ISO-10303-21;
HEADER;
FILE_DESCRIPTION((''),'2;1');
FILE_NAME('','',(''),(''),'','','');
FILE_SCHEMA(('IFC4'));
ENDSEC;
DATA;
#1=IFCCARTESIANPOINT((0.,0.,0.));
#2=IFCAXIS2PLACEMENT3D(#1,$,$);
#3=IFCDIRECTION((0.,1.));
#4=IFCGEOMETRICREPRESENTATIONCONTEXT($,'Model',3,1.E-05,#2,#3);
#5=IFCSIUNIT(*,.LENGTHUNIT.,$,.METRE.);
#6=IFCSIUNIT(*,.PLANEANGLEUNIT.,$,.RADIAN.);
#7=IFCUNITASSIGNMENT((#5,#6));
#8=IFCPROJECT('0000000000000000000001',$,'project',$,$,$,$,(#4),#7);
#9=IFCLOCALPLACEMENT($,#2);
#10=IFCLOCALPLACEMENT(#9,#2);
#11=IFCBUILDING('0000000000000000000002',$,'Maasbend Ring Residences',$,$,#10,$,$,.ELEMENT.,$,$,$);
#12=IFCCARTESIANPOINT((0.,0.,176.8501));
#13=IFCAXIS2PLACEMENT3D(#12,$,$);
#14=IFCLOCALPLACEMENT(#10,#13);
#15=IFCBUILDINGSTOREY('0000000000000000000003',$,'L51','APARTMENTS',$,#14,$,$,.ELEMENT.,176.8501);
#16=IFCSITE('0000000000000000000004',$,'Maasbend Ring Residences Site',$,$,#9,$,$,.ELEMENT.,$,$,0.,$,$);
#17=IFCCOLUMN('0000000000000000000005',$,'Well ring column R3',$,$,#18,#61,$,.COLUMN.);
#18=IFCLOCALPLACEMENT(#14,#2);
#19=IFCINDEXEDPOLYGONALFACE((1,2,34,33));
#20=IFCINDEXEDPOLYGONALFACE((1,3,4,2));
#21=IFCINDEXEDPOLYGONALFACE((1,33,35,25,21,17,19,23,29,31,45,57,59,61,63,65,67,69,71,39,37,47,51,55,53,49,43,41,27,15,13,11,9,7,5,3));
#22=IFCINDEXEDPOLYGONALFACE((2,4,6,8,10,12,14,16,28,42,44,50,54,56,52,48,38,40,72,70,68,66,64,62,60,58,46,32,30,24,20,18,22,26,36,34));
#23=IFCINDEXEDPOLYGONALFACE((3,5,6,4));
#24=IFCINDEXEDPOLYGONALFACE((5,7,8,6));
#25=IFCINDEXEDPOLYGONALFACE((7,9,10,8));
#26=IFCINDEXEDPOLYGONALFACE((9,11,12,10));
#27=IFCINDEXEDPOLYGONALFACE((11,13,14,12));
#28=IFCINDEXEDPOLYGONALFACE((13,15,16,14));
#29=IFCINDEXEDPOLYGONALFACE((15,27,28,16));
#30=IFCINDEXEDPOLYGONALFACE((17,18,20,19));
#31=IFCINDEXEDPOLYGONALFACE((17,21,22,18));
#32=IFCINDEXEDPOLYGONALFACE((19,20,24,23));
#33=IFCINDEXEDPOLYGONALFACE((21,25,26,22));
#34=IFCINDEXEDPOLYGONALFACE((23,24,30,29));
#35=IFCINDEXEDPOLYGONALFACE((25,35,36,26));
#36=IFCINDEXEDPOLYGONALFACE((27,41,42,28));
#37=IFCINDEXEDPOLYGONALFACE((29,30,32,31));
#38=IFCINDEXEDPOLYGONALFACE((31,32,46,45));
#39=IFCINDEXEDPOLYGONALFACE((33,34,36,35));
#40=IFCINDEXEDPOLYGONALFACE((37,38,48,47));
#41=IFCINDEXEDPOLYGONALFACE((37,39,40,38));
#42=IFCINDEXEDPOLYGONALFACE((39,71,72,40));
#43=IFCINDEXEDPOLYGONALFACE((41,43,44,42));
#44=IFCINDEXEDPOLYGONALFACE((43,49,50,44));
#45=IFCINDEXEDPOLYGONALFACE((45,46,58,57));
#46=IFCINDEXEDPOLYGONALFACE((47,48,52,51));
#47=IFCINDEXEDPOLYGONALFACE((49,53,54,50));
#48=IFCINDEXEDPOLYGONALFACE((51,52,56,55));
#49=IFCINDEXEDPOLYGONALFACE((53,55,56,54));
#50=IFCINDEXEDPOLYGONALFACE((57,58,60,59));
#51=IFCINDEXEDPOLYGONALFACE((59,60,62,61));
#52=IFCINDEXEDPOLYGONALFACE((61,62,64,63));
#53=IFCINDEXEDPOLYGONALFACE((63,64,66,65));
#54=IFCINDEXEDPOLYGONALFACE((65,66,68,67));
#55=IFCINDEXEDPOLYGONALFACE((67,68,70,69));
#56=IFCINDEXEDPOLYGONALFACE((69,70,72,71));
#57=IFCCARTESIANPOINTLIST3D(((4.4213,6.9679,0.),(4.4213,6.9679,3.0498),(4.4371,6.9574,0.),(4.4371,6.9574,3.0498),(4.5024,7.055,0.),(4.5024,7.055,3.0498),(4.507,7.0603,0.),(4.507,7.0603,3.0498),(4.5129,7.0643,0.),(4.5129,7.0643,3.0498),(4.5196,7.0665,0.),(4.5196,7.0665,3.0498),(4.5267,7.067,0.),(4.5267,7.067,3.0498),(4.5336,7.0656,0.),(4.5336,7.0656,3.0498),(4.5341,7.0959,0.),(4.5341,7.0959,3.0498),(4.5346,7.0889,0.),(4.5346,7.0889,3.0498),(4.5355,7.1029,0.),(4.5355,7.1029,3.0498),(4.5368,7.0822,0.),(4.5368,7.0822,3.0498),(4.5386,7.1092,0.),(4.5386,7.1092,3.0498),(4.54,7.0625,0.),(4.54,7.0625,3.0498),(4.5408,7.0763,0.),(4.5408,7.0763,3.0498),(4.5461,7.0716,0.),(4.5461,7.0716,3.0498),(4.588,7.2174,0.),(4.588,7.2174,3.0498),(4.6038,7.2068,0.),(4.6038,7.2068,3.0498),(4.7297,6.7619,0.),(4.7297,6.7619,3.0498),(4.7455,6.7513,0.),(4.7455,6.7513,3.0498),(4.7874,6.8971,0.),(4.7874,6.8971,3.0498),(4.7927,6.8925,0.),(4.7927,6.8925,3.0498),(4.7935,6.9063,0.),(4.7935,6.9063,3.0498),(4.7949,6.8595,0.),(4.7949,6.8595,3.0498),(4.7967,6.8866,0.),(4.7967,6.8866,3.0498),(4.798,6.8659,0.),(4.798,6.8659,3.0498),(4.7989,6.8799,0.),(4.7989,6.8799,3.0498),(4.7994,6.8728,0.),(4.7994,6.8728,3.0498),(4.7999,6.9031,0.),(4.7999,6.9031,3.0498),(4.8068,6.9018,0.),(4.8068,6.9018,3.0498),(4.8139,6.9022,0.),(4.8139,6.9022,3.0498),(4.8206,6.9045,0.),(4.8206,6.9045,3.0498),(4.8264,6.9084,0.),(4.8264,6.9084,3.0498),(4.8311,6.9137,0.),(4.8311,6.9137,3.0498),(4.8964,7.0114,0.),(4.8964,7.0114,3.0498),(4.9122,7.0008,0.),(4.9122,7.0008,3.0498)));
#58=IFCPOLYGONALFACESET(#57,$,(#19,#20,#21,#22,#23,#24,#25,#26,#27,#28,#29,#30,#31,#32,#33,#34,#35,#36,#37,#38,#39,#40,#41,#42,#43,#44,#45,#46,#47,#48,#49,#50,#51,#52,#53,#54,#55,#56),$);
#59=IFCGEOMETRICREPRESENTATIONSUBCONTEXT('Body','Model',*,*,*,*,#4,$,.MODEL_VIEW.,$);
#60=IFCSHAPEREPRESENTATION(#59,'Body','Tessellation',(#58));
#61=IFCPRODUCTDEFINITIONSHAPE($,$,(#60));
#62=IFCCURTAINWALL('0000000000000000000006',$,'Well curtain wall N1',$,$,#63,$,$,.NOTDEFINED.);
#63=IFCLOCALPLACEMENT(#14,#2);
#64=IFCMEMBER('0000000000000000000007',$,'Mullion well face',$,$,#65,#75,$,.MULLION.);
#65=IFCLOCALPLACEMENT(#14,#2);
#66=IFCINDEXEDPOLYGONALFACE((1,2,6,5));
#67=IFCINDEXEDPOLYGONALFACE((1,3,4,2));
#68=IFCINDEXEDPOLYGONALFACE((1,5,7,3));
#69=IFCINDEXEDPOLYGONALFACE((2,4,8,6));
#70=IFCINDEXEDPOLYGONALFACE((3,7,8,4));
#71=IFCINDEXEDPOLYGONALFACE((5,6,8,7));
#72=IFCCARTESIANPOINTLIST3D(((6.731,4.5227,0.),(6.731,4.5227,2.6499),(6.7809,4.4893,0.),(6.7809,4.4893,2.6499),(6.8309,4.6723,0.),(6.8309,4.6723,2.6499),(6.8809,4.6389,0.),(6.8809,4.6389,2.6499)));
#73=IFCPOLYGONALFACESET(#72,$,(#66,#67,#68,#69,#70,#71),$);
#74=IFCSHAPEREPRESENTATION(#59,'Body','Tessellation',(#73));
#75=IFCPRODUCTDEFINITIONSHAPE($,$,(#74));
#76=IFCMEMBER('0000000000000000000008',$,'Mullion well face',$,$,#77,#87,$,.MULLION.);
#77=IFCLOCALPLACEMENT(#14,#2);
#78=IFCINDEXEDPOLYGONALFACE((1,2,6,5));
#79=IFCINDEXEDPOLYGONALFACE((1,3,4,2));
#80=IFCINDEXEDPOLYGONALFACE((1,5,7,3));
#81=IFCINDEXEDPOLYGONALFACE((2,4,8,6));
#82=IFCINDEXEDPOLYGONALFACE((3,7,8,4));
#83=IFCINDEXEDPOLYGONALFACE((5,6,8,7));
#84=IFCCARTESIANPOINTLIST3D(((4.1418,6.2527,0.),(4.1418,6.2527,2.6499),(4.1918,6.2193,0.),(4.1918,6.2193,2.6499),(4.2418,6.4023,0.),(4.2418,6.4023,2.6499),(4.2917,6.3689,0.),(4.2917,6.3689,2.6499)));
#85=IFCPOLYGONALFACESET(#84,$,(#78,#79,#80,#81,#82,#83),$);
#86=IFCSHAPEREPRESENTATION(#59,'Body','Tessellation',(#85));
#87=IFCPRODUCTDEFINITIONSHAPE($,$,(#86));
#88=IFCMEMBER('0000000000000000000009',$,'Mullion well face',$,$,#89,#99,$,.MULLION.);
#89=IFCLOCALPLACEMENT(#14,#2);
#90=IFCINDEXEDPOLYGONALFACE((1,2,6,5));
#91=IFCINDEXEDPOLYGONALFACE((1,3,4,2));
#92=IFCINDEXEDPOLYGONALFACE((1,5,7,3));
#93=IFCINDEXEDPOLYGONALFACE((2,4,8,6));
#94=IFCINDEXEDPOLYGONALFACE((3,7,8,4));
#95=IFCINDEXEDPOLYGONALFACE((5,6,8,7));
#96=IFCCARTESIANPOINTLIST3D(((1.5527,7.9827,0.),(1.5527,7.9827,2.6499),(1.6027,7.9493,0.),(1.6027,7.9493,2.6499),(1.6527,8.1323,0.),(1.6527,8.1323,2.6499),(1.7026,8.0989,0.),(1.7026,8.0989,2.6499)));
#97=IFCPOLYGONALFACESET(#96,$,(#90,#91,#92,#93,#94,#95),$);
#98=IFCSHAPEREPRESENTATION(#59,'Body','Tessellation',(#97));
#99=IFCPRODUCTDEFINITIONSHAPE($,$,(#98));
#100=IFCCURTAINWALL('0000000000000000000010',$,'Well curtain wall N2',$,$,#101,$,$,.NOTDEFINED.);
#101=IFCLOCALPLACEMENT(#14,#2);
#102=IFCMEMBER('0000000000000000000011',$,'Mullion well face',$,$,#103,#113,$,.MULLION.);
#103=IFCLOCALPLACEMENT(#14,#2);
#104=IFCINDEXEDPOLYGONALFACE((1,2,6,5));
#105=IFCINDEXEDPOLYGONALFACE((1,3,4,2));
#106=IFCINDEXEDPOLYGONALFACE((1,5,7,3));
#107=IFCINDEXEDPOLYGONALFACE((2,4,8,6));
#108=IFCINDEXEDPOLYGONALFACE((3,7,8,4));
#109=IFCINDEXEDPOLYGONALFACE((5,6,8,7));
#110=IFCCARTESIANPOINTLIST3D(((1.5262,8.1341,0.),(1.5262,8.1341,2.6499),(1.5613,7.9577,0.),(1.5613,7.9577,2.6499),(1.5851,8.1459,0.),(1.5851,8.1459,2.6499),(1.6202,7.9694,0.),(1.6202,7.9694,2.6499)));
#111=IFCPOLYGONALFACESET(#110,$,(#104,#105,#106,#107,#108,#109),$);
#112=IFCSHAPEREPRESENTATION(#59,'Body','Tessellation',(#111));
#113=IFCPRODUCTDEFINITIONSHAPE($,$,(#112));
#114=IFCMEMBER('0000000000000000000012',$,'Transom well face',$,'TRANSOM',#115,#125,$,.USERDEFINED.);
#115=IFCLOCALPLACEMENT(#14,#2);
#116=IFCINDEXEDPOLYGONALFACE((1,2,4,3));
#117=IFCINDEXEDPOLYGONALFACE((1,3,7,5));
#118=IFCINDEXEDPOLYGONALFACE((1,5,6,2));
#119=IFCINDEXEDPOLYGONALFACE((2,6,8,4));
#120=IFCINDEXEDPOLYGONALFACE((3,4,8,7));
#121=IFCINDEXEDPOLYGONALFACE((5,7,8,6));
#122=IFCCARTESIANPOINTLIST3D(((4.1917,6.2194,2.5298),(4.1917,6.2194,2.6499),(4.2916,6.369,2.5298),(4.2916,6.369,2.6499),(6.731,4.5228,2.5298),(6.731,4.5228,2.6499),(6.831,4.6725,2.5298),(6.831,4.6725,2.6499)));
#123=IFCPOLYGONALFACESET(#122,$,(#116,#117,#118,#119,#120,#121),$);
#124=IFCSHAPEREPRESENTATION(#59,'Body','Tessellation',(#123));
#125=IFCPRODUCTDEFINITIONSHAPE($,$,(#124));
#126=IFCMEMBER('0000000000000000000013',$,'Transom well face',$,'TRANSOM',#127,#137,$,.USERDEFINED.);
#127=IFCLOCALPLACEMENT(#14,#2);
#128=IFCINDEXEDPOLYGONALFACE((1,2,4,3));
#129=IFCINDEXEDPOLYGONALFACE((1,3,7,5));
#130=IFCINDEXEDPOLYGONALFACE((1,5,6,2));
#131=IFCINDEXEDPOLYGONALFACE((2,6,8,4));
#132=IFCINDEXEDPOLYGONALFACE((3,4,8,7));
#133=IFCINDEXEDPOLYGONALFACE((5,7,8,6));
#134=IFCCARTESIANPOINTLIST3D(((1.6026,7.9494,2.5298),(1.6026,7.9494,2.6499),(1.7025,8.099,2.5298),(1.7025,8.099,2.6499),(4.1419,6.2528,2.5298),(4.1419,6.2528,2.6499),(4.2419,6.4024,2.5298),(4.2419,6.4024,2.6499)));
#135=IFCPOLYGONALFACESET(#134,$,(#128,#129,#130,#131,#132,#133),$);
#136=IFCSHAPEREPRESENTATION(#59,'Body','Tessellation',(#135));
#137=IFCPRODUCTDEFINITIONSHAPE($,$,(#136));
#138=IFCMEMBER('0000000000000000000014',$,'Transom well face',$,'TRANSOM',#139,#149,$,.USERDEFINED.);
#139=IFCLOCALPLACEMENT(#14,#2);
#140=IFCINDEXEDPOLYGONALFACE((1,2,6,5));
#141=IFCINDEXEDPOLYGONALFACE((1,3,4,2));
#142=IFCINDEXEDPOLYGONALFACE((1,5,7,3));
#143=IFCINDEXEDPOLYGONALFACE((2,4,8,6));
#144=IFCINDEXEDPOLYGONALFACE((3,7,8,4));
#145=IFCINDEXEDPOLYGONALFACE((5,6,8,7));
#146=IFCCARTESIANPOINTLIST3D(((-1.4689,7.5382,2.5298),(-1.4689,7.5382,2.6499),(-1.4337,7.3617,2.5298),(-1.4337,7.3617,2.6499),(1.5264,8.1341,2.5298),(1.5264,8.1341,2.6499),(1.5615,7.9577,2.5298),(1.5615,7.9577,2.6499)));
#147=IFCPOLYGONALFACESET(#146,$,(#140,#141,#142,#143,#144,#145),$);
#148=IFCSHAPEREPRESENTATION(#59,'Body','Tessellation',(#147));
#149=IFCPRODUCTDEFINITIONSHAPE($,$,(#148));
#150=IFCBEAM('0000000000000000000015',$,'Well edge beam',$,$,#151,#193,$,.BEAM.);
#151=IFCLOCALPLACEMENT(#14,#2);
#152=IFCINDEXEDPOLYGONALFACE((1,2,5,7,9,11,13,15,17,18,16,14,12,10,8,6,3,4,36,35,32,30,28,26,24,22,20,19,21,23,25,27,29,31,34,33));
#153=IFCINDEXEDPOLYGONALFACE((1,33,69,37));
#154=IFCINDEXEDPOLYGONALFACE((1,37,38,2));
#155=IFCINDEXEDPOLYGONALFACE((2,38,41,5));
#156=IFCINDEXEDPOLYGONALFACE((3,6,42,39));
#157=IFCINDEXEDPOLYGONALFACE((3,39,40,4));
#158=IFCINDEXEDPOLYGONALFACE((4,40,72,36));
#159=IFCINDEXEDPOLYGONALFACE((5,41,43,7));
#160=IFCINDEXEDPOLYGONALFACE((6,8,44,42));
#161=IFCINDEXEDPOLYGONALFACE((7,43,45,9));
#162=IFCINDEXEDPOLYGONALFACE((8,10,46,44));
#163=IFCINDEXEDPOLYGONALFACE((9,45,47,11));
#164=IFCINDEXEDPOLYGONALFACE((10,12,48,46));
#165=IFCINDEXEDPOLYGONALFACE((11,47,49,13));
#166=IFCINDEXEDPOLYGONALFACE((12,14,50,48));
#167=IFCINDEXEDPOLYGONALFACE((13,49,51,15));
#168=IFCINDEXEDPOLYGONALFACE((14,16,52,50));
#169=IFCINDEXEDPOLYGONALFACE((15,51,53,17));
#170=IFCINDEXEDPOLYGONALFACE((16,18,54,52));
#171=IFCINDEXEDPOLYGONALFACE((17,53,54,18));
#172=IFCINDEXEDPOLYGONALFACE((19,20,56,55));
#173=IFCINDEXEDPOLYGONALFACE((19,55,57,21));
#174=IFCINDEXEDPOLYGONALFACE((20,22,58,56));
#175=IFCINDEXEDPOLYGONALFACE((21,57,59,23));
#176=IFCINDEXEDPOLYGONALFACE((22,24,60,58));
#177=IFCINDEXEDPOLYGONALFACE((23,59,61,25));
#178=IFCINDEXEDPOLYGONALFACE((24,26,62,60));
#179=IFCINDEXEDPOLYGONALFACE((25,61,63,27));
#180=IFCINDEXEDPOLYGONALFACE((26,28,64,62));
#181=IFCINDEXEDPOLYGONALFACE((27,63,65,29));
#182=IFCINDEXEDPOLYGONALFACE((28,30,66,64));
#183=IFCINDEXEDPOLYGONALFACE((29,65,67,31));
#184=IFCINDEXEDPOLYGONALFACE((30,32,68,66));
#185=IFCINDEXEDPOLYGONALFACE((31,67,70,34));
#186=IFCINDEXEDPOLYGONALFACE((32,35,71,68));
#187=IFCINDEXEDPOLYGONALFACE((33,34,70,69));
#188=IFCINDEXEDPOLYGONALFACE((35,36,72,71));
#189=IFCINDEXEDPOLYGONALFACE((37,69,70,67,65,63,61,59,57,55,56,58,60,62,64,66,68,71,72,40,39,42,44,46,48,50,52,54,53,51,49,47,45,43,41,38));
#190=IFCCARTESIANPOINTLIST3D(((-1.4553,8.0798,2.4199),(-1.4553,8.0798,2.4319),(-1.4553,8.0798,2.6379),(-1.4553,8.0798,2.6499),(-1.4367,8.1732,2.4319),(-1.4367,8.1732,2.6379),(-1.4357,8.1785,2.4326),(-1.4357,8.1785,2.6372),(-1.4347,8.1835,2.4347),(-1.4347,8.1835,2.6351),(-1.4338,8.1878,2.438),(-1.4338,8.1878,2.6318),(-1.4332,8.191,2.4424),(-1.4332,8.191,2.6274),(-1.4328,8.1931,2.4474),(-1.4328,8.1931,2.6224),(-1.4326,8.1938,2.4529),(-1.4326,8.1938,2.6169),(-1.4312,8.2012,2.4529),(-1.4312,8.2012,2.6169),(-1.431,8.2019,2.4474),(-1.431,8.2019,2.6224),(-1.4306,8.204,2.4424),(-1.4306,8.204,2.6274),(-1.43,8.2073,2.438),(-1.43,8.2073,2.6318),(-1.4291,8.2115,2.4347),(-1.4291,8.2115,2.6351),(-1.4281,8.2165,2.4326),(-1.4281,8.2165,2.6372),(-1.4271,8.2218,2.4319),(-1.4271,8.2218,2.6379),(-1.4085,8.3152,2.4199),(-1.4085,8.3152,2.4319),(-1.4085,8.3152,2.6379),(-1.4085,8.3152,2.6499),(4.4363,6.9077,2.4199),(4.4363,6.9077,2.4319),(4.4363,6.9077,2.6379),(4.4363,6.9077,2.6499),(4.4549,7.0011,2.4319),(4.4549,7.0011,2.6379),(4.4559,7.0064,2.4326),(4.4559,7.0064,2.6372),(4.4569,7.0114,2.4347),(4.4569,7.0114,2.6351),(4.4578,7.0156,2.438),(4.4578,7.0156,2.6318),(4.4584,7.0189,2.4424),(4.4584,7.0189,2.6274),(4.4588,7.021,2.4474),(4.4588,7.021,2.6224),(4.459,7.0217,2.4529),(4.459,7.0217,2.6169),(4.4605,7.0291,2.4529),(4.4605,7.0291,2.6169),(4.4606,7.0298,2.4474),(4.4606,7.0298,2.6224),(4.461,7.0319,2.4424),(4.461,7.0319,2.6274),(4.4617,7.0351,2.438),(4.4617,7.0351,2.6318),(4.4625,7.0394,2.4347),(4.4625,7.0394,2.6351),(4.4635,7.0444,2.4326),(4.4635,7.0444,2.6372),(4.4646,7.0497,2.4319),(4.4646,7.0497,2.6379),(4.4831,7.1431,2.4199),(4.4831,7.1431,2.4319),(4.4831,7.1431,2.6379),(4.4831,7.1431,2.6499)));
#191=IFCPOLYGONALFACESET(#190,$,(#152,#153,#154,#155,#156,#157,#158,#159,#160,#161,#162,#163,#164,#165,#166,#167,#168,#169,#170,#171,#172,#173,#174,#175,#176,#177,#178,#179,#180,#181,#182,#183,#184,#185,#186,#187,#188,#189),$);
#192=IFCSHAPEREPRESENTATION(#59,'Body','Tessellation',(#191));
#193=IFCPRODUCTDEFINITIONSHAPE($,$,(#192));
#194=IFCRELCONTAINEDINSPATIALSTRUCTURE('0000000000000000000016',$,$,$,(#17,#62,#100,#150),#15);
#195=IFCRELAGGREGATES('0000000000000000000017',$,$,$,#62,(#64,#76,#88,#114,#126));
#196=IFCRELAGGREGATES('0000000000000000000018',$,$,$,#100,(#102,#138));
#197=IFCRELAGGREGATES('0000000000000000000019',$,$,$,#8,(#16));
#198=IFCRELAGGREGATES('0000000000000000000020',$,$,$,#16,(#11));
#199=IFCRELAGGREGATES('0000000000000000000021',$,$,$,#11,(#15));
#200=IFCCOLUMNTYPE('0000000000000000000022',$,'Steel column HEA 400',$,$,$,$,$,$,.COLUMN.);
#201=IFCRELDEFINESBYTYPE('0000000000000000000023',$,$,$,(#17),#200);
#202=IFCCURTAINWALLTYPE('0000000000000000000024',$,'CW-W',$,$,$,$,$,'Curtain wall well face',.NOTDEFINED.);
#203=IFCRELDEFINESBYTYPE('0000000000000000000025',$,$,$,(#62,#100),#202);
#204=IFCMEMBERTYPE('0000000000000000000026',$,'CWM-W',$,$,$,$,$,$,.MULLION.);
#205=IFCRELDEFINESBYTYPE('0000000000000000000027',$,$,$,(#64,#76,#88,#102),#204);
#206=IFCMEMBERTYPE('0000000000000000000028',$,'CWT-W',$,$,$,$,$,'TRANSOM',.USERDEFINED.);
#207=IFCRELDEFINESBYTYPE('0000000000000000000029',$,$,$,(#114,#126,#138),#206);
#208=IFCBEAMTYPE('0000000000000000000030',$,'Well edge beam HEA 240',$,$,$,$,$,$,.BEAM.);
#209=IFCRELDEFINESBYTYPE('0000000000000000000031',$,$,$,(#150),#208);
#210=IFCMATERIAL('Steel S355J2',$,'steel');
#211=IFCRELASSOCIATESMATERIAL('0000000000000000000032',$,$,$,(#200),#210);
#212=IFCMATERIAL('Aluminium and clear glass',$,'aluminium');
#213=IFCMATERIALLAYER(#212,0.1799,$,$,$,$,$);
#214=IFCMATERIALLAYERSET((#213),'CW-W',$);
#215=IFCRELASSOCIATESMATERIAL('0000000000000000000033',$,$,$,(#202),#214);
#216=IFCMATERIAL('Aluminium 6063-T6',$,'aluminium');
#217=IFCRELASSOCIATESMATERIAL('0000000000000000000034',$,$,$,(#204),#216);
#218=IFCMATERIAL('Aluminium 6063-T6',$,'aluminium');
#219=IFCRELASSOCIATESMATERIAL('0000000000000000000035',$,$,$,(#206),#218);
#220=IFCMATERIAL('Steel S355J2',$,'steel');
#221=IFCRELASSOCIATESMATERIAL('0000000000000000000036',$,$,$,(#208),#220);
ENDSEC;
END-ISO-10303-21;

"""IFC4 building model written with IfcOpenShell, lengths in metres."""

from ifc_helpers import new_model, si_unit, direction, frame, origin, origin_2d, place, context, subcontext, project, spatial, rectangle, i_section, extrude, material, layer, layer_set, material_profile, profile_set, type_object, element, aggregate, save


model = new_model("IFC4")

# Units and contexts
model_context = context("Model", 3, precision=1e-05, world=origin(), true_north=direction((0.0, 1.0)))
body_context = subcontext(model_context, "Body", "Model", "MODEL_VIEW")
ifc_project = project(units=[si_unit("LENGTHUNIT", "METRE"), si_unit("PLANEANGLEUNIT", "RADIAN")], contexts=[model_context])

# Site, building, storey
site_placement = place(None, origin())
site = spatial("IfcSite", under=ifc_project, at=site_placement, Name="Maasbend Ring Residences Site", CompositionType="ELEMENT", RefElevation=0.0)
building_placement = place(site_placement, origin())
building = spatial("IfcBuilding", under=site, at=building_placement, Name="Maasbend Ring Residences", CompositionType="ELEMENT")
storey_placement = place(building_placement, frame((0.0, 0.0, 176.8501)))
storey = spatial("IfcBuildingStorey", under=building, at=storey_placement, Name="L51", Description="APARTMENTS", CompositionType="ELEMENT", Elevation=176.8501)

# Column
ifc_material_1 = material(Name="Steel S355J2", Category="steel")
ifc_material_profile_1 = material_profile(ifc_material_1, i_section(OverallWidth=0.3, OverallDepth=0.3899, WebThickness=0.011, FlangeThickness=0.019, FilletRadius=0.0271, at=origin_2d()), Name="HEA 400")
ifc_profile_set_1 = profile_set([ifc_material_profile_1], Name="Steel S355J2")
column_type = type_object("IfcColumnType", Name="Steel column HEA 400", PredefinedType="COLUMN", material=ifc_profile_set_1)
column_placement = place(storey_placement, frame((4.6667, 6.9844, 0.0), z_axis=(0.0, 0.0, 1.0), x_axis=(0.55557, 0.83147, 0.0)))
element("IfcColumn", 1, at=column_placement, inside=storey, type_object=column_type, Name="Well ring column R3", PredefinedType="COLUMN", context=body_context, shape_type="SweptSolid", body=[
    extrude(i_section(OverallWidth=0.3, OverallDepth=0.3899, WebThickness=0.011, FlangeThickness=0.019, FilletRadius=0.0271, at=origin_2d()), origin(), (0.0, 0.0, 1.0), 3.0498),
])

# Curtain wall, members
ifc_material_2 = material(Name="Aluminium and clear glass", Category="aluminium")
ifc_layer_1 = layer(ifc_material_2, 0.1799)
ifc_layer_set_1 = layer_set([ifc_layer_1], Name="CW-W")
curtain_wall_type = type_object("IfcCurtainWallType", Name="CW-W", ElementType="Curtain wall well face", PredefinedType="NOTDEFINED", material=ifc_layer_set_1)
curtain_wall_1_placement = place(storey_placement, origin())
curtain_wall_1 = element("IfcCurtainWall", 2, at=curtain_wall_1_placement, inside=storey, type_object=curtain_wall_type, Name="Well curtain wall N1", PredefinedType="NOTDEFINED")
ifc_material_3 = material(Name="Aluminium 6063-T6", Category="aluminium")
ifc_material_profile_2 = material_profile(ifc_material_3, rectangle(XDim=0.1799, YDim=0.0601, at=origin_2d()), Name="AL 180x60")
ifc_profile_set_2 = profile_set([ifc_material_profile_2], Name="Aluminium 6063-T6")
member_type_1 = type_object("IfcMemberType", Name="CWM-W", PredefinedType="MULLION", material=ifc_profile_set_2)
member_1_placement = place(storey_placement, frame((6.8059, 4.5808, 0.0), z_axis=(0.0, 0.0, 1.0), x_axis=(-0.55557, -0.83147, 0.0)))
member_1 = element("IfcMember", 3, at=member_1_placement, type_object=member_type_1, Name="Mullion well face", PredefinedType="MULLION", context=body_context, shape_type="SweptSolid", body=[
    extrude(rectangle(XDim=0.1799, YDim=0.0601, at=origin_2d()), origin(), (0.0, 0.0, 1.0), 2.6499),
])
member_2_placement = place(storey_placement, frame((4.2168, 6.3108, 0.0), z_axis=(0.0, 0.0, 1.0), x_axis=(-0.55557, -0.83147, 0.0)))
member_2 = element("IfcMember", 4, at=member_2_placement, type_object=member_type_1, Name="Mullion well face", PredefinedType="MULLION", context=body_context, shape_type="SweptSolid", body=[
    extrude(rectangle(XDim=0.1799, YDim=0.0601, at=origin_2d()), origin(), (0.0, 0.0, 1.0), 2.6499),
])
member_3_placement = place(storey_placement, frame((1.6277, 8.0408, 0.0), z_axis=(0.0, 0.0, 1.0), x_axis=(-0.55557, -0.83147, 0.0)))
member_3 = element("IfcMember", 5, at=member_3_placement, type_object=member_type_1, Name="Mullion well face", PredefinedType="MULLION", context=body_context, shape_type="SweptSolid", body=[
    extrude(rectangle(XDim=0.1799, YDim=0.0601, at=origin_2d()), origin(), (0.0, 0.0, 1.0), 2.6499),
])

# Curtain wall, member
curtain_wall_2_placement = place(storey_placement, origin())
curtain_wall_2 = element("IfcCurtainWall", 6, at=curtain_wall_2_placement, inside=storey, type_object=curtain_wall_type, Name="Well curtain wall N2", PredefinedType="NOTDEFINED")
member_4_placement = place(storey_placement, frame((1.5732, 8.0518, 0.0), z_axis=(0.0, 0.0, 1.0), x_axis=(0.19509, -0.980785, 0.0)))
member_4 = element("IfcMember", 7, at=member_4_placement, type_object=member_type_1, Name="Mullion well face", PredefinedType="MULLION", context=body_context, shape_type="SweptSolid", body=[
    extrude(rectangle(XDim=0.1799, YDim=0.0601, at=origin_2d()), origin(), (0.0, 0.0, 1.0), 2.6499),
])

# Members
ifc_material_4 = material(Name="Aluminium 6063-T6", Category="aluminium")
ifc_material_profile_3 = material_profile(ifc_material_4, rectangle(XDim=0.1799, YDim=0.1201, at=origin_2d()), Name="AL 180x120")
ifc_profile_set_3 = profile_set([ifc_material_profile_3], Name="Aluminium 6063-T6")
member_type_2 = type_object("IfcMemberType", Name="CWT-W", ElementType="TRANSOM", PredefinedType="USERDEFINED", material=ifc_profile_set_3)
member_5_placement = place(storey_placement, frame((6.781, 4.5977, 2.5898), z_axis=(-0.831496, 0.55553, 0.0), x_axis=(-0.55553, -0.831496, 0.0)))
member_5 = element("IfcMember", 8, at=member_5_placement, type_object=member_type_2, Name="Transom well face", ObjectType="TRANSOM", PredefinedType="USERDEFINED", context=body_context, shape_type="SweptSolid", body=[
    extrude(rectangle(XDim=0.1799, YDim=0.1201, at=origin_2d()), origin(), (0.0, 0.0, 1.0), 3.054),
])
member_6_placement = place(storey_placement, frame((4.1919, 6.3276, 2.5898), z_axis=(-0.831496, 0.55553, 0.0), x_axis=(-0.55553, -0.831496, 0.0)))
member_6 = element("IfcMember", 9, at=member_6_placement, type_object=member_type_2, Name="Transom well face", ObjectType="TRANSOM", PredefinedType="USERDEFINED", context=body_context, shape_type="SweptSolid", body=[
    extrude(rectangle(XDim=0.1799, YDim=0.1201, at=origin_2d()), origin(), (0.0, 0.0, 1.0), 3.054),
])
member_7_placement = place(storey_placement, frame((1.5439, 8.0459, 2.5898), z_axis=(-0.980777, -0.195132, 0.0), x_axis=(0.195132, -0.980777, 0.0)))
member_7 = element("IfcMember", 10, at=member_7_placement, type_object=member_type_2, Name="Transom well face", ObjectType="TRANSOM", PredefinedType="USERDEFINED", context=body_context, shape_type="SweptSolid", body=[
    extrude(rectangle(XDim=0.1799, YDim=0.1201, at=origin_2d()), origin(), (0.0, 0.0, 1.0), 3.054),
])

# Beam
ifc_material_5 = material(Name="Steel S355J2", Category="steel")
ifc_material_profile_4 = material_profile(ifc_material_5, i_section(OverallWidth=0.24, OverallDepth=0.23, WebThickness=0.0076, FlangeThickness=0.012, FilletRadius=0.021, at=origin_2d()), Name="HEA 240")
ifc_profile_set_4 = profile_set([ifc_material_profile_4], Name="Steel S355J2")
beam_type = type_object("IfcBeamType", Name="Well edge beam HEA 240", PredefinedType="BEAM", material=ifc_profile_set_4)
beam_placement = place(storey_placement, frame((4.4597, 7.0254, 2.5349), z_axis=(-0.980779, 0.195123, 0.0), x_axis=(-0.195123, -0.980779, 0.0)))
element("IfcBeam", 11, at=beam_placement, inside=storey, type_object=beam_type, Name="Well edge beam", PredefinedType="BEAM", context=body_context, shape_type="SweptSolid", body=[
    extrude(i_section(OverallWidth=0.24, OverallDepth=0.23, WebThickness=0.0076, FlangeThickness=0.012, FilletRadius=0.021, at=origin_2d()), origin(), (0.0, 0.0, 1.0), 6.0071),
])

aggregate(curtain_wall_1, [member_1, member_2, member_3, member_5, member_6])
aggregate(curtain_wall_2, [member_4, member_7])

save(model, "model.ifc")
